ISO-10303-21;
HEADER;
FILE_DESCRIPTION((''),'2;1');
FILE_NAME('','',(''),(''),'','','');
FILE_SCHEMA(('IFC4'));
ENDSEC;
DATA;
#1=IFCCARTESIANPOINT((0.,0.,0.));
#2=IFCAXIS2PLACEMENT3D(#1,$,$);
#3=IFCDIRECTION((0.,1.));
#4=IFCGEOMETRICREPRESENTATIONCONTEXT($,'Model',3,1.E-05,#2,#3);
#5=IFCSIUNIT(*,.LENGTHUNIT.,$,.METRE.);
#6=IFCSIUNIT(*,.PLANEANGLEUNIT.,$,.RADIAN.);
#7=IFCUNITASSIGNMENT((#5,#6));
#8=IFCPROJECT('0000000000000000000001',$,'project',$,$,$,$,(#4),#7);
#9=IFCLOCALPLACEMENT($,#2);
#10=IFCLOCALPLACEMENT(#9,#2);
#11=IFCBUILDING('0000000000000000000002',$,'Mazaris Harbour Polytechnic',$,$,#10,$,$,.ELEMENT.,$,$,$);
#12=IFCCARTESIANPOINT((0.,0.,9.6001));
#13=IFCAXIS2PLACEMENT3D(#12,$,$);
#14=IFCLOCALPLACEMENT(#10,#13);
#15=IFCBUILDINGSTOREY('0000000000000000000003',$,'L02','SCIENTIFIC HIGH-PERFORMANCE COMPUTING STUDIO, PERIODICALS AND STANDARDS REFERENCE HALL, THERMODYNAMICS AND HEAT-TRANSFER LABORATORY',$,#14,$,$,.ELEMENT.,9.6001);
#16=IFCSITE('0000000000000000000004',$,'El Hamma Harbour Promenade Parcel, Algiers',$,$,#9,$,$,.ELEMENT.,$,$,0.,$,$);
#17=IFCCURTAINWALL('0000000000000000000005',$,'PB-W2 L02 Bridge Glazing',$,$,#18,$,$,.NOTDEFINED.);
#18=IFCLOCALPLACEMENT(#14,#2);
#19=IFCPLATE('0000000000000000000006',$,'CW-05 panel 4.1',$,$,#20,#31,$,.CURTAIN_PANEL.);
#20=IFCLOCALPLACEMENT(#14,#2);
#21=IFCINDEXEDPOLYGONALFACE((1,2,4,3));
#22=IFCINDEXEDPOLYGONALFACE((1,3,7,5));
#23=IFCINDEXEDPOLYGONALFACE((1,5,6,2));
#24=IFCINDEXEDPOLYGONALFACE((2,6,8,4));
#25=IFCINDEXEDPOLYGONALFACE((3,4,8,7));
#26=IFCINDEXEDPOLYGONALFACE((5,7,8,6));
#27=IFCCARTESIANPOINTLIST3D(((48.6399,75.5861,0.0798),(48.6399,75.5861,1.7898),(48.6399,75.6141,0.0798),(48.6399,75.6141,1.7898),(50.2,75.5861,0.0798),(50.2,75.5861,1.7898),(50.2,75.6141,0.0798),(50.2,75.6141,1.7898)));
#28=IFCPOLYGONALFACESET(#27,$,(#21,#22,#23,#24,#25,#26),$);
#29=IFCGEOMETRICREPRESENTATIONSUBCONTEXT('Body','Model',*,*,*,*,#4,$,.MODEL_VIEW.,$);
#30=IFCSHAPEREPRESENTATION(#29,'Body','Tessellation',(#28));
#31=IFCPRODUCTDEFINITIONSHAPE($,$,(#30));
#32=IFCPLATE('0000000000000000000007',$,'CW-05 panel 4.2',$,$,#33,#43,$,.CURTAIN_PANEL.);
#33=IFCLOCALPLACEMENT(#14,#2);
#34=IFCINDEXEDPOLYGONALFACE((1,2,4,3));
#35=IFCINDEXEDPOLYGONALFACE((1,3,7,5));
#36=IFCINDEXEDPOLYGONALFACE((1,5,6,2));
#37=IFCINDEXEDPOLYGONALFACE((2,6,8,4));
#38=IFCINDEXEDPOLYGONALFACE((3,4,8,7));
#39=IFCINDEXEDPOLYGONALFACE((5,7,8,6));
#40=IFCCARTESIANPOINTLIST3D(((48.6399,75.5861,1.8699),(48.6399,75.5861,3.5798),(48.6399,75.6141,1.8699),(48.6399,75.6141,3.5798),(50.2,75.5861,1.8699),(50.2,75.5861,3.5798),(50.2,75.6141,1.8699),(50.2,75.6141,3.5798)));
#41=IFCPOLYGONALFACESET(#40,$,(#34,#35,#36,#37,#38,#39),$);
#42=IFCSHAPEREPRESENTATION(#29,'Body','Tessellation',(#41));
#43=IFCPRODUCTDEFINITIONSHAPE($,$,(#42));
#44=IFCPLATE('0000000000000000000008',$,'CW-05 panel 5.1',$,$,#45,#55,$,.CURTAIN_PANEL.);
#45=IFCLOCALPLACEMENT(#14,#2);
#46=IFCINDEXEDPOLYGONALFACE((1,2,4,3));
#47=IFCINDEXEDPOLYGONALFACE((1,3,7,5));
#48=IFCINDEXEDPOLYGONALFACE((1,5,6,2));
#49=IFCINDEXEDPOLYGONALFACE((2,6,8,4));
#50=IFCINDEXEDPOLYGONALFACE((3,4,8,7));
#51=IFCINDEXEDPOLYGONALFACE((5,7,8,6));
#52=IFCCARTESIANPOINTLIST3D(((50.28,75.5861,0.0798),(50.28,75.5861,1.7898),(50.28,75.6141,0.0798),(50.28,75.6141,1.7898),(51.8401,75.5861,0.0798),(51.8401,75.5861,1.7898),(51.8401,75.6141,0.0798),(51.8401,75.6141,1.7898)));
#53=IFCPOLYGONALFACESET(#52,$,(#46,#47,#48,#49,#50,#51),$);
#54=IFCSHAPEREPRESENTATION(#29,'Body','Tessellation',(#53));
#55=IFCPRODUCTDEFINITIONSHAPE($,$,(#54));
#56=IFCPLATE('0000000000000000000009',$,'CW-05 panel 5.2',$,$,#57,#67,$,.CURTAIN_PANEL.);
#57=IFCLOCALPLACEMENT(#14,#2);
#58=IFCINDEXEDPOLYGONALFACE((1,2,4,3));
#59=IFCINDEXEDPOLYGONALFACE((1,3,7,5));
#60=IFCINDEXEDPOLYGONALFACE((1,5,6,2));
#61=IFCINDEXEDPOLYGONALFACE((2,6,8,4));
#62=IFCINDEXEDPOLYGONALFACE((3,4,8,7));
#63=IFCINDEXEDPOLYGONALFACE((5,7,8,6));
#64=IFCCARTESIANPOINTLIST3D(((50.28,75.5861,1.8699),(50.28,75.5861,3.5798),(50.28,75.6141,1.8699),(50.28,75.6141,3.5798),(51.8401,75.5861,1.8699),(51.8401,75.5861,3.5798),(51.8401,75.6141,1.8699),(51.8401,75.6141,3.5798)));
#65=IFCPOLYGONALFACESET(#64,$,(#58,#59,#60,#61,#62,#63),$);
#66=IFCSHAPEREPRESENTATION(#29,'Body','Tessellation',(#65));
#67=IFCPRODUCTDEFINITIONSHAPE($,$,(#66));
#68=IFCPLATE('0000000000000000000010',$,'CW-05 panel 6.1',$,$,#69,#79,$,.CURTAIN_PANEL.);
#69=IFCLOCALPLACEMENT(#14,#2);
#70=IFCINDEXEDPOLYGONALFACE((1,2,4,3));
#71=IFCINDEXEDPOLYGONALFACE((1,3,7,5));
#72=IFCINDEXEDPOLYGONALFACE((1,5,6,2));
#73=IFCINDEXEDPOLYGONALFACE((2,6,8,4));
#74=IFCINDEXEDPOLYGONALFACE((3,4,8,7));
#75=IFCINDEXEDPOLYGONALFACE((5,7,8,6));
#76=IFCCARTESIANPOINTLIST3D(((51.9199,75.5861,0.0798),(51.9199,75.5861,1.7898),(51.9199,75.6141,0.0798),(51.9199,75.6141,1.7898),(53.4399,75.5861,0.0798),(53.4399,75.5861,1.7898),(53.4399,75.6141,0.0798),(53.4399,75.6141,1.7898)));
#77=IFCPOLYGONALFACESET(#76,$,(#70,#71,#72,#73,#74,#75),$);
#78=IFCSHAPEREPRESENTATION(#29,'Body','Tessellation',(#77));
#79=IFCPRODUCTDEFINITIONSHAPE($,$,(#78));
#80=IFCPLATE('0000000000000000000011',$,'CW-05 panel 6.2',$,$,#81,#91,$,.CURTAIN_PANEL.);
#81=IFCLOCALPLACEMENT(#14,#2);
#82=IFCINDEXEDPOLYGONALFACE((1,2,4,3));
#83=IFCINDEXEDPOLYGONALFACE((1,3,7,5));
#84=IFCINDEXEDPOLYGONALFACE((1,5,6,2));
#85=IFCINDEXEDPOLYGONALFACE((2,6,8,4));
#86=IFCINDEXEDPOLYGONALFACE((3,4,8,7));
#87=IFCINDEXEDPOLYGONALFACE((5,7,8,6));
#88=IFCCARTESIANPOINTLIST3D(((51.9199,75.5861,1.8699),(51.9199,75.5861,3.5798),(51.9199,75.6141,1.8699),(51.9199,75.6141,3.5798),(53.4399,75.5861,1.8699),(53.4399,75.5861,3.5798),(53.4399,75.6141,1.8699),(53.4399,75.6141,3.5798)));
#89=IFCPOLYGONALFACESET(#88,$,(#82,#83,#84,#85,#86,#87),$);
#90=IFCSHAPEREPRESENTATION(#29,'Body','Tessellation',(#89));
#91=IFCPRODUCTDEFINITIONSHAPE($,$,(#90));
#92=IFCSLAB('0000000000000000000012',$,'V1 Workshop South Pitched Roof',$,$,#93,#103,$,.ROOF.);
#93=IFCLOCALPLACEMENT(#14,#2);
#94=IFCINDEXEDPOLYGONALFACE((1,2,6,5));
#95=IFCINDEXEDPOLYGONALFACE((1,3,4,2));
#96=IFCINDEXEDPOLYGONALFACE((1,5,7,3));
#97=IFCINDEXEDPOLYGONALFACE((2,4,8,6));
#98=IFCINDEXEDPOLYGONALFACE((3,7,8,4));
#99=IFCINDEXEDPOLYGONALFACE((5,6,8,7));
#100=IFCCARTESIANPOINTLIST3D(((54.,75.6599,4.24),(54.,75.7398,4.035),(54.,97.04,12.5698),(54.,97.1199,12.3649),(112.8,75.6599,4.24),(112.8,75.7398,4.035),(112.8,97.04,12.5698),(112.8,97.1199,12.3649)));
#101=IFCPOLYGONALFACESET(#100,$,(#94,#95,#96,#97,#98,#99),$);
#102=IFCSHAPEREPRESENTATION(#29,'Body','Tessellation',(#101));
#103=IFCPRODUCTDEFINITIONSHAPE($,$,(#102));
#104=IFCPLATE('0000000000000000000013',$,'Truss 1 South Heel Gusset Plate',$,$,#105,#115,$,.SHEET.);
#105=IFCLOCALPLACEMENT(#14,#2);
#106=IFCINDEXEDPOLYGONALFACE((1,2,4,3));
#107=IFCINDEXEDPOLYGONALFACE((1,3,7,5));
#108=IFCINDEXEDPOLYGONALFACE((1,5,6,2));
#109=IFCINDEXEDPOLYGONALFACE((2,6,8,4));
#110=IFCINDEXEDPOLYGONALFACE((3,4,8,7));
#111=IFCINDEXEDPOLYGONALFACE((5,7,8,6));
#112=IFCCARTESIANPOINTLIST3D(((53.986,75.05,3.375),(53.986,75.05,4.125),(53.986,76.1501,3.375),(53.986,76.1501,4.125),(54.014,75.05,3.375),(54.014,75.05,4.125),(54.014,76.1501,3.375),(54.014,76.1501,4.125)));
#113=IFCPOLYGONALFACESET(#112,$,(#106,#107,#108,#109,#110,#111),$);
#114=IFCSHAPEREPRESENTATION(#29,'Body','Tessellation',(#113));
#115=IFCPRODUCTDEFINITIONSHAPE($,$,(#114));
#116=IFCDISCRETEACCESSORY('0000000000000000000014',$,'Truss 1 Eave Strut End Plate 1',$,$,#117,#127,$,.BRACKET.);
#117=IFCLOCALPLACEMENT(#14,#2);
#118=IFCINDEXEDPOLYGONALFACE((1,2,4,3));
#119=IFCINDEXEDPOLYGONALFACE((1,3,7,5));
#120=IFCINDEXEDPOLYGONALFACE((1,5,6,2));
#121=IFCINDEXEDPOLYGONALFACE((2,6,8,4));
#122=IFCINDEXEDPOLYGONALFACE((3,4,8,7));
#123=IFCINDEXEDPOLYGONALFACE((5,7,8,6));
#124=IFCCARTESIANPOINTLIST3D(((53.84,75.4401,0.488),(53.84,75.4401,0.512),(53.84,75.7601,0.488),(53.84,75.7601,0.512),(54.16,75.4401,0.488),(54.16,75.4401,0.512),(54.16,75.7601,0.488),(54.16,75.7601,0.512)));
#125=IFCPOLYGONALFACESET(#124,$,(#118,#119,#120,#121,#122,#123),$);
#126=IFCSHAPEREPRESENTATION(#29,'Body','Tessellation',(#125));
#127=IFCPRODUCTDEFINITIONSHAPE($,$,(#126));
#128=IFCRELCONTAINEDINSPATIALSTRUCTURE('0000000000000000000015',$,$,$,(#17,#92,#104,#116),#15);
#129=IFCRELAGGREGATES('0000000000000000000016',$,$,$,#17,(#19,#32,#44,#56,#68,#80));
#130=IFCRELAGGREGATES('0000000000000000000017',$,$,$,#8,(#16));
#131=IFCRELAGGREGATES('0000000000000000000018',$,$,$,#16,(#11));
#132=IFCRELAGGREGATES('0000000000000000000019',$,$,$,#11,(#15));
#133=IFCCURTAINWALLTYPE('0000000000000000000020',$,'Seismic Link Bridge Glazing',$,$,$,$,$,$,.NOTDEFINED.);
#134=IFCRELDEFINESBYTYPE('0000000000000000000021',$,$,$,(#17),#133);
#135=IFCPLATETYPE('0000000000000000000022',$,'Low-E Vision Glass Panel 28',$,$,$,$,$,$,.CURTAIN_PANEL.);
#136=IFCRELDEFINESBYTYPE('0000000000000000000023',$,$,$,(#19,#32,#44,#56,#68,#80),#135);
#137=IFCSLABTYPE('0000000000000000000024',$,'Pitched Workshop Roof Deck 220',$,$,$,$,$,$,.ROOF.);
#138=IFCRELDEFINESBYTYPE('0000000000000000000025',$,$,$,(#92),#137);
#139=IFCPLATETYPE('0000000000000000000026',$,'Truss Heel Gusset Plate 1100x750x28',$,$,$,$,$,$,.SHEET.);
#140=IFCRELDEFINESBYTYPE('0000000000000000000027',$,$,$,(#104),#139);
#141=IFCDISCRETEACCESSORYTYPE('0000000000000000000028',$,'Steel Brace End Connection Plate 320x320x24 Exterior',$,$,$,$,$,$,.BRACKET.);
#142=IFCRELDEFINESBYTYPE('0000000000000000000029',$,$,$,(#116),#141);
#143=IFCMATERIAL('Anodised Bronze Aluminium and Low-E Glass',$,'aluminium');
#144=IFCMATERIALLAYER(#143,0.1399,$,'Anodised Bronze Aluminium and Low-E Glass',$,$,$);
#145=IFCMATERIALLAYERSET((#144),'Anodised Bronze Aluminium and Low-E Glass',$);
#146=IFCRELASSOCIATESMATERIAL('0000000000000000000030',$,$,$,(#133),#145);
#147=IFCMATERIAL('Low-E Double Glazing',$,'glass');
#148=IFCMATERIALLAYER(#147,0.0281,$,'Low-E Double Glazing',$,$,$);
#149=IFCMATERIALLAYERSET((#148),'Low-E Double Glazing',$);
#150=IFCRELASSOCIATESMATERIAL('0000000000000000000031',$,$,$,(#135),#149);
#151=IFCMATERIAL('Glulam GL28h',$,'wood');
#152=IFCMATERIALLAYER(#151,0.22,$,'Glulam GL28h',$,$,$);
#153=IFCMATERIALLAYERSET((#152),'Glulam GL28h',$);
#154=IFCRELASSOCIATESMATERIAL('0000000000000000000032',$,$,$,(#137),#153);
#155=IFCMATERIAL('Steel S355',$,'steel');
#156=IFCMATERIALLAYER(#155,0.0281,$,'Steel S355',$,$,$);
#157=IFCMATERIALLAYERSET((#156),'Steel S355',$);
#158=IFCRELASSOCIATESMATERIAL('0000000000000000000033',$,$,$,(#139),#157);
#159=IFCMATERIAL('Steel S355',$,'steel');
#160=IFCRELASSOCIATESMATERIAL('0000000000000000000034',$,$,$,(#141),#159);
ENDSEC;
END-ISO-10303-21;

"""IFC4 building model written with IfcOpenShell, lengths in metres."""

from ifc_helpers import new_model, si_unit, direction, frame, origin, origin_2d, place, context, subcontext, project, spatial, polyline, rectangle, outline, extrude, material, layer, layer_set, type_object, element, aggregate, save


model = new_model("IFC4")

# Units and contexts
model_context = context("Model", 3, precision=1e-05, world=origin(), true_north=direction((0.0, 1.0)))
body_context = subcontext(model_context, "Body", "Model", "MODEL_VIEW")
ifc_project = project(units=[si_unit("LENGTHUNIT", "METRE"), si_unit("PLANEANGLEUNIT", "RADIAN")], contexts=[model_context])

# Site, building, storey
site_placement = place(None, origin())
site = spatial("IfcSite", under=ifc_project, at=site_placement, Name="El Hamma Harbour Promenade Parcel, Algiers", CompositionType="ELEMENT", RefElevation=0.0)
building_placement = place(site_placement, origin())
building = spatial("IfcBuilding", under=site, at=building_placement, Name="Mazaris Harbour Polytechnic", CompositionType="ELEMENT")
storey_placement = place(building_placement, frame((0.0, 0.0, 9.6001)))
storey = spatial("IfcBuildingStorey", under=building, at=storey_placement, Name="L02", Description="SCIENTIFIC HIGH-PERFORMANCE COMPUTING STUDIO, PERIODICALS AND STANDARDS REFERENCE HALL, THERMODYNAMICS AND HEAT-TRANSFER LABORATORY", CompositionType="ELEMENT", Elevation=9.6001)

# Curtain wall
ifc_material_1 = material(Name="Anodised Bronze Aluminium and Low-E Glass", Category="aluminium")
ifc_layer_1 = layer(ifc_material_1, 0.1399, Name="Anodised Bronze Aluminium and Low-E Glass")
ifc_layer_set_1 = layer_set([ifc_layer_1], Name="Anodised Bronze Aluminium and Low-E Glass")
curtain_wall_type_1 = type_object("IfcCurtainWallType", Name="Seismic Link Bridge Glazing", PredefinedType="NOTDEFINED", material=ifc_layer_set_1)
curtain_wall_1_placement = place(storey_placement, origin())
curtain_wall_1 = element("IfcCurtainWall", 1, at=curtain_wall_1_placement, inside=storey, type_object=curtain_wall_type_1, Name="PB-W2 L02 Bridge Glazing", PredefinedType="NOTDEFINED")

# Plates
ifc_material_2 = material(Name="Low-E Double Glazing", Category="glass")
ifc_layer_2 = layer(ifc_material_2, 0.0281, Name="Low-E Double Glazing")
ifc_layer_set_2 = layer_set([ifc_layer_2], Name="Low-E Double Glazing")
plate_type_1 = type_object("IfcPlateType", Name="Low-E Vision Glass Panel 28", PredefinedType="CURTAIN_PANEL", material=ifc_layer_set_2)
plate_1_placement = place(storey_placement, frame((49.4199, 75.6001, 0.0798), z_axis=(0.0, 0.0, 1.0), x_axis=(1.0, 0.0, 0.0)))
plate_1 = element("IfcPlate", 2, at=plate_1_placement, type_object=plate_type_1, Name="CW-05 panel 4.1", PredefinedType="CURTAIN_PANEL", context=body_context, shape_type="SweptSolid", body=[
    extrude(rectangle(XDim=1.5601, YDim=0.0281, at=origin_2d()), origin(), (0.0, 0.0, 1.0), 1.71),
])
plate_2_placement = place(storey_placement, frame((49.4199, 75.6001, 1.8699), z_axis=(0.0, 0.0, 1.0), x_axis=(1.0, 0.0, 0.0)))
plate_2 = element("IfcPlate", 3, at=plate_2_placement, type_object=plate_type_1, Name="CW-05 panel 4.2", PredefinedType="CURTAIN_PANEL", context=body_context, shape_type="SweptSolid", body=[
    extrude(rectangle(XDim=1.5601, YDim=0.0281, at=origin_2d()), origin(), (0.0, 0.0, 1.0), 1.71),
])
plate_3_placement = place(storey_placement, frame((51.0601, 75.6001, 0.0798), z_axis=(0.0, 0.0, 1.0), x_axis=(1.0, 0.0, 0.0)))
plate_3 = element("IfcPlate", 4, at=plate_3_placement, type_object=plate_type_1, Name="CW-05 panel 5.1", PredefinedType="CURTAIN_PANEL", context=body_context, shape_type="SweptSolid", body=[
    extrude(rectangle(XDim=1.5601, YDim=0.0281, at=origin_2d()), origin(), (0.0, 0.0, 1.0), 1.71),
])
plate_4_placement = place(storey_placement, frame((51.0601, 75.6001, 1.8699), z_axis=(0.0, 0.0, 1.0), x_axis=(1.0, 0.0, 0.0)))
plate_4 = element("IfcPlate", 5, at=plate_4_placement, type_object=plate_type_1, Name="CW-05 panel 5.2", PredefinedType="CURTAIN_PANEL", context=body_context, shape_type="SweptSolid", body=[
    extrude(rectangle(XDim=1.5601, YDim=0.0281, at=origin_2d()), origin(), (0.0, 0.0, 1.0), 1.71),
])
plate_5_placement = place(storey_placement, frame((52.6799, 75.6001, 0.0798), z_axis=(0.0, 0.0, 1.0), x_axis=(1.0, 0.0, 0.0)))
plate_5 = element("IfcPlate", 6, at=plate_5_placement, type_object=plate_type_1, Name="CW-05 panel 6.1", PredefinedType="CURTAIN_PANEL", context=body_context, shape_type="SweptSolid", body=[
    extrude(rectangle(XDim=1.52, YDim=0.0281, at=origin_2d()), origin(), (0.0, 0.0, 1.0), 1.71),
])
plate_6_placement = place(storey_placement, frame((52.6799, 75.6001, 1.8699), z_axis=(0.0, 0.0, 1.0), x_axis=(1.0, 0.0, 0.0)))
plate_6 = element("IfcPlate", 7, at=plate_6_placement, type_object=plate_type_1, Name="CW-05 panel 6.2", PredefinedType="CURTAIN_PANEL", context=body_context, shape_type="SweptSolid", body=[
    extrude(rectangle(XDim=1.52, YDim=0.0281, at=origin_2d()), origin(), (0.0, 0.0, 1.0), 1.71),
])
aggregate(curtain_wall_1, [plate_1, plate_2, plate_3, plate_4, plate_5, plate_6])

# Slab
ifc_material_3 = material(Name="Glulam GL28h", Category="wood")
ifc_layer_3 = layer(ifc_material_3, 0.22, Name="Glulam GL28h")
ifc_layer_set_3 = layer_set([ifc_layer_3], Name="Glulam GL28h")
slab_type = type_object("IfcSlabType", Name="Pitched Workshop Roof Deck 220", PredefinedType="ROOF", material=ifc_layer_set_3)
slab_placement = place(storey_placement, frame((54.0, 75.6599, 4.24), z_axis=(0.0, -0.363027, 0.931779), x_axis=(1.0, 0.0, 0.0)))
element("IfcSlab", 8, at=slab_placement, inside=storey, type_object=slab_type, Name="V1 Workshop South Pitched Roof", PredefinedType="ROOF", context=body_context, shape_type="SweptSolid", body=[
    extrude(outline(polyline([(0.0, 0.0), (58.8, 0.0), (58.8, 22.9455), (0.0, 22.9455), (0.0, 0.0)])), origin(), (0.0, 0.0, -1.0), 0.22),
])

# Plate
ifc_material_4 = material(Name="Steel S355", Category="steel")
ifc_layer_4 = layer(ifc_material_4, 0.0281, Name="Steel S355")
ifc_layer_set_4 = layer_set([ifc_layer_4], Name="Steel S355")
plate_type_2 = type_object("IfcPlateType", Name="Truss Heel Gusset Plate 1100x750x28", PredefinedType="SHEET", material=ifc_layer_set_4)
plate_7_placement = place(storey_placement, frame((54.0, 75.6001, 3.375), z_axis=(0.0, 0.0, 1.0), x_axis=(0.0, 1.0, 0.0)))
element("IfcPlate", 9, at=plate_7_placement, inside=storey, type_object=plate_type_2, Name="Truss 1 South Heel Gusset Plate", PredefinedType="SHEET", context=body_context, shape_type="SweptSolid", body=[
    extrude(rectangle(XDim=1.1001, YDim=0.0281, at=origin_2d()), origin(), (0.0, 0.0, 1.0), 0.75),
])

# Discrete accessory
ifc_material_5 = material(Name="Steel S355", Category="steel")
discrete_accessory_type = type_object("IfcDiscreteAccessoryType", Name="Steel Brace End Connection Plate 320x320x24 Exterior", PredefinedType="BRACKET", material=ifc_material_5)
discrete_accessory_placement = place(storey_placement, frame((54.0, 75.6001, 0.488), z_axis=(0.0, 0.0, 1.0), x_axis=(1.0, 0.0, 0.0)))
element("IfcDiscreteAccessory", 10, at=discrete_accessory_placement, inside=storey, type_object=discrete_accessory_type, Name="Truss 1 Eave Strut End Plate 1", PredefinedType="BRACKET", context=body_context, shape_type="SweptSolid", body=[
    extrude(rectangle(XDim=0.3201, YDim=0.3201, at=origin_2d()), origin(), (0.0, 0.0, 1.0), 0.0239),
])

save(model, "model.ifc")
